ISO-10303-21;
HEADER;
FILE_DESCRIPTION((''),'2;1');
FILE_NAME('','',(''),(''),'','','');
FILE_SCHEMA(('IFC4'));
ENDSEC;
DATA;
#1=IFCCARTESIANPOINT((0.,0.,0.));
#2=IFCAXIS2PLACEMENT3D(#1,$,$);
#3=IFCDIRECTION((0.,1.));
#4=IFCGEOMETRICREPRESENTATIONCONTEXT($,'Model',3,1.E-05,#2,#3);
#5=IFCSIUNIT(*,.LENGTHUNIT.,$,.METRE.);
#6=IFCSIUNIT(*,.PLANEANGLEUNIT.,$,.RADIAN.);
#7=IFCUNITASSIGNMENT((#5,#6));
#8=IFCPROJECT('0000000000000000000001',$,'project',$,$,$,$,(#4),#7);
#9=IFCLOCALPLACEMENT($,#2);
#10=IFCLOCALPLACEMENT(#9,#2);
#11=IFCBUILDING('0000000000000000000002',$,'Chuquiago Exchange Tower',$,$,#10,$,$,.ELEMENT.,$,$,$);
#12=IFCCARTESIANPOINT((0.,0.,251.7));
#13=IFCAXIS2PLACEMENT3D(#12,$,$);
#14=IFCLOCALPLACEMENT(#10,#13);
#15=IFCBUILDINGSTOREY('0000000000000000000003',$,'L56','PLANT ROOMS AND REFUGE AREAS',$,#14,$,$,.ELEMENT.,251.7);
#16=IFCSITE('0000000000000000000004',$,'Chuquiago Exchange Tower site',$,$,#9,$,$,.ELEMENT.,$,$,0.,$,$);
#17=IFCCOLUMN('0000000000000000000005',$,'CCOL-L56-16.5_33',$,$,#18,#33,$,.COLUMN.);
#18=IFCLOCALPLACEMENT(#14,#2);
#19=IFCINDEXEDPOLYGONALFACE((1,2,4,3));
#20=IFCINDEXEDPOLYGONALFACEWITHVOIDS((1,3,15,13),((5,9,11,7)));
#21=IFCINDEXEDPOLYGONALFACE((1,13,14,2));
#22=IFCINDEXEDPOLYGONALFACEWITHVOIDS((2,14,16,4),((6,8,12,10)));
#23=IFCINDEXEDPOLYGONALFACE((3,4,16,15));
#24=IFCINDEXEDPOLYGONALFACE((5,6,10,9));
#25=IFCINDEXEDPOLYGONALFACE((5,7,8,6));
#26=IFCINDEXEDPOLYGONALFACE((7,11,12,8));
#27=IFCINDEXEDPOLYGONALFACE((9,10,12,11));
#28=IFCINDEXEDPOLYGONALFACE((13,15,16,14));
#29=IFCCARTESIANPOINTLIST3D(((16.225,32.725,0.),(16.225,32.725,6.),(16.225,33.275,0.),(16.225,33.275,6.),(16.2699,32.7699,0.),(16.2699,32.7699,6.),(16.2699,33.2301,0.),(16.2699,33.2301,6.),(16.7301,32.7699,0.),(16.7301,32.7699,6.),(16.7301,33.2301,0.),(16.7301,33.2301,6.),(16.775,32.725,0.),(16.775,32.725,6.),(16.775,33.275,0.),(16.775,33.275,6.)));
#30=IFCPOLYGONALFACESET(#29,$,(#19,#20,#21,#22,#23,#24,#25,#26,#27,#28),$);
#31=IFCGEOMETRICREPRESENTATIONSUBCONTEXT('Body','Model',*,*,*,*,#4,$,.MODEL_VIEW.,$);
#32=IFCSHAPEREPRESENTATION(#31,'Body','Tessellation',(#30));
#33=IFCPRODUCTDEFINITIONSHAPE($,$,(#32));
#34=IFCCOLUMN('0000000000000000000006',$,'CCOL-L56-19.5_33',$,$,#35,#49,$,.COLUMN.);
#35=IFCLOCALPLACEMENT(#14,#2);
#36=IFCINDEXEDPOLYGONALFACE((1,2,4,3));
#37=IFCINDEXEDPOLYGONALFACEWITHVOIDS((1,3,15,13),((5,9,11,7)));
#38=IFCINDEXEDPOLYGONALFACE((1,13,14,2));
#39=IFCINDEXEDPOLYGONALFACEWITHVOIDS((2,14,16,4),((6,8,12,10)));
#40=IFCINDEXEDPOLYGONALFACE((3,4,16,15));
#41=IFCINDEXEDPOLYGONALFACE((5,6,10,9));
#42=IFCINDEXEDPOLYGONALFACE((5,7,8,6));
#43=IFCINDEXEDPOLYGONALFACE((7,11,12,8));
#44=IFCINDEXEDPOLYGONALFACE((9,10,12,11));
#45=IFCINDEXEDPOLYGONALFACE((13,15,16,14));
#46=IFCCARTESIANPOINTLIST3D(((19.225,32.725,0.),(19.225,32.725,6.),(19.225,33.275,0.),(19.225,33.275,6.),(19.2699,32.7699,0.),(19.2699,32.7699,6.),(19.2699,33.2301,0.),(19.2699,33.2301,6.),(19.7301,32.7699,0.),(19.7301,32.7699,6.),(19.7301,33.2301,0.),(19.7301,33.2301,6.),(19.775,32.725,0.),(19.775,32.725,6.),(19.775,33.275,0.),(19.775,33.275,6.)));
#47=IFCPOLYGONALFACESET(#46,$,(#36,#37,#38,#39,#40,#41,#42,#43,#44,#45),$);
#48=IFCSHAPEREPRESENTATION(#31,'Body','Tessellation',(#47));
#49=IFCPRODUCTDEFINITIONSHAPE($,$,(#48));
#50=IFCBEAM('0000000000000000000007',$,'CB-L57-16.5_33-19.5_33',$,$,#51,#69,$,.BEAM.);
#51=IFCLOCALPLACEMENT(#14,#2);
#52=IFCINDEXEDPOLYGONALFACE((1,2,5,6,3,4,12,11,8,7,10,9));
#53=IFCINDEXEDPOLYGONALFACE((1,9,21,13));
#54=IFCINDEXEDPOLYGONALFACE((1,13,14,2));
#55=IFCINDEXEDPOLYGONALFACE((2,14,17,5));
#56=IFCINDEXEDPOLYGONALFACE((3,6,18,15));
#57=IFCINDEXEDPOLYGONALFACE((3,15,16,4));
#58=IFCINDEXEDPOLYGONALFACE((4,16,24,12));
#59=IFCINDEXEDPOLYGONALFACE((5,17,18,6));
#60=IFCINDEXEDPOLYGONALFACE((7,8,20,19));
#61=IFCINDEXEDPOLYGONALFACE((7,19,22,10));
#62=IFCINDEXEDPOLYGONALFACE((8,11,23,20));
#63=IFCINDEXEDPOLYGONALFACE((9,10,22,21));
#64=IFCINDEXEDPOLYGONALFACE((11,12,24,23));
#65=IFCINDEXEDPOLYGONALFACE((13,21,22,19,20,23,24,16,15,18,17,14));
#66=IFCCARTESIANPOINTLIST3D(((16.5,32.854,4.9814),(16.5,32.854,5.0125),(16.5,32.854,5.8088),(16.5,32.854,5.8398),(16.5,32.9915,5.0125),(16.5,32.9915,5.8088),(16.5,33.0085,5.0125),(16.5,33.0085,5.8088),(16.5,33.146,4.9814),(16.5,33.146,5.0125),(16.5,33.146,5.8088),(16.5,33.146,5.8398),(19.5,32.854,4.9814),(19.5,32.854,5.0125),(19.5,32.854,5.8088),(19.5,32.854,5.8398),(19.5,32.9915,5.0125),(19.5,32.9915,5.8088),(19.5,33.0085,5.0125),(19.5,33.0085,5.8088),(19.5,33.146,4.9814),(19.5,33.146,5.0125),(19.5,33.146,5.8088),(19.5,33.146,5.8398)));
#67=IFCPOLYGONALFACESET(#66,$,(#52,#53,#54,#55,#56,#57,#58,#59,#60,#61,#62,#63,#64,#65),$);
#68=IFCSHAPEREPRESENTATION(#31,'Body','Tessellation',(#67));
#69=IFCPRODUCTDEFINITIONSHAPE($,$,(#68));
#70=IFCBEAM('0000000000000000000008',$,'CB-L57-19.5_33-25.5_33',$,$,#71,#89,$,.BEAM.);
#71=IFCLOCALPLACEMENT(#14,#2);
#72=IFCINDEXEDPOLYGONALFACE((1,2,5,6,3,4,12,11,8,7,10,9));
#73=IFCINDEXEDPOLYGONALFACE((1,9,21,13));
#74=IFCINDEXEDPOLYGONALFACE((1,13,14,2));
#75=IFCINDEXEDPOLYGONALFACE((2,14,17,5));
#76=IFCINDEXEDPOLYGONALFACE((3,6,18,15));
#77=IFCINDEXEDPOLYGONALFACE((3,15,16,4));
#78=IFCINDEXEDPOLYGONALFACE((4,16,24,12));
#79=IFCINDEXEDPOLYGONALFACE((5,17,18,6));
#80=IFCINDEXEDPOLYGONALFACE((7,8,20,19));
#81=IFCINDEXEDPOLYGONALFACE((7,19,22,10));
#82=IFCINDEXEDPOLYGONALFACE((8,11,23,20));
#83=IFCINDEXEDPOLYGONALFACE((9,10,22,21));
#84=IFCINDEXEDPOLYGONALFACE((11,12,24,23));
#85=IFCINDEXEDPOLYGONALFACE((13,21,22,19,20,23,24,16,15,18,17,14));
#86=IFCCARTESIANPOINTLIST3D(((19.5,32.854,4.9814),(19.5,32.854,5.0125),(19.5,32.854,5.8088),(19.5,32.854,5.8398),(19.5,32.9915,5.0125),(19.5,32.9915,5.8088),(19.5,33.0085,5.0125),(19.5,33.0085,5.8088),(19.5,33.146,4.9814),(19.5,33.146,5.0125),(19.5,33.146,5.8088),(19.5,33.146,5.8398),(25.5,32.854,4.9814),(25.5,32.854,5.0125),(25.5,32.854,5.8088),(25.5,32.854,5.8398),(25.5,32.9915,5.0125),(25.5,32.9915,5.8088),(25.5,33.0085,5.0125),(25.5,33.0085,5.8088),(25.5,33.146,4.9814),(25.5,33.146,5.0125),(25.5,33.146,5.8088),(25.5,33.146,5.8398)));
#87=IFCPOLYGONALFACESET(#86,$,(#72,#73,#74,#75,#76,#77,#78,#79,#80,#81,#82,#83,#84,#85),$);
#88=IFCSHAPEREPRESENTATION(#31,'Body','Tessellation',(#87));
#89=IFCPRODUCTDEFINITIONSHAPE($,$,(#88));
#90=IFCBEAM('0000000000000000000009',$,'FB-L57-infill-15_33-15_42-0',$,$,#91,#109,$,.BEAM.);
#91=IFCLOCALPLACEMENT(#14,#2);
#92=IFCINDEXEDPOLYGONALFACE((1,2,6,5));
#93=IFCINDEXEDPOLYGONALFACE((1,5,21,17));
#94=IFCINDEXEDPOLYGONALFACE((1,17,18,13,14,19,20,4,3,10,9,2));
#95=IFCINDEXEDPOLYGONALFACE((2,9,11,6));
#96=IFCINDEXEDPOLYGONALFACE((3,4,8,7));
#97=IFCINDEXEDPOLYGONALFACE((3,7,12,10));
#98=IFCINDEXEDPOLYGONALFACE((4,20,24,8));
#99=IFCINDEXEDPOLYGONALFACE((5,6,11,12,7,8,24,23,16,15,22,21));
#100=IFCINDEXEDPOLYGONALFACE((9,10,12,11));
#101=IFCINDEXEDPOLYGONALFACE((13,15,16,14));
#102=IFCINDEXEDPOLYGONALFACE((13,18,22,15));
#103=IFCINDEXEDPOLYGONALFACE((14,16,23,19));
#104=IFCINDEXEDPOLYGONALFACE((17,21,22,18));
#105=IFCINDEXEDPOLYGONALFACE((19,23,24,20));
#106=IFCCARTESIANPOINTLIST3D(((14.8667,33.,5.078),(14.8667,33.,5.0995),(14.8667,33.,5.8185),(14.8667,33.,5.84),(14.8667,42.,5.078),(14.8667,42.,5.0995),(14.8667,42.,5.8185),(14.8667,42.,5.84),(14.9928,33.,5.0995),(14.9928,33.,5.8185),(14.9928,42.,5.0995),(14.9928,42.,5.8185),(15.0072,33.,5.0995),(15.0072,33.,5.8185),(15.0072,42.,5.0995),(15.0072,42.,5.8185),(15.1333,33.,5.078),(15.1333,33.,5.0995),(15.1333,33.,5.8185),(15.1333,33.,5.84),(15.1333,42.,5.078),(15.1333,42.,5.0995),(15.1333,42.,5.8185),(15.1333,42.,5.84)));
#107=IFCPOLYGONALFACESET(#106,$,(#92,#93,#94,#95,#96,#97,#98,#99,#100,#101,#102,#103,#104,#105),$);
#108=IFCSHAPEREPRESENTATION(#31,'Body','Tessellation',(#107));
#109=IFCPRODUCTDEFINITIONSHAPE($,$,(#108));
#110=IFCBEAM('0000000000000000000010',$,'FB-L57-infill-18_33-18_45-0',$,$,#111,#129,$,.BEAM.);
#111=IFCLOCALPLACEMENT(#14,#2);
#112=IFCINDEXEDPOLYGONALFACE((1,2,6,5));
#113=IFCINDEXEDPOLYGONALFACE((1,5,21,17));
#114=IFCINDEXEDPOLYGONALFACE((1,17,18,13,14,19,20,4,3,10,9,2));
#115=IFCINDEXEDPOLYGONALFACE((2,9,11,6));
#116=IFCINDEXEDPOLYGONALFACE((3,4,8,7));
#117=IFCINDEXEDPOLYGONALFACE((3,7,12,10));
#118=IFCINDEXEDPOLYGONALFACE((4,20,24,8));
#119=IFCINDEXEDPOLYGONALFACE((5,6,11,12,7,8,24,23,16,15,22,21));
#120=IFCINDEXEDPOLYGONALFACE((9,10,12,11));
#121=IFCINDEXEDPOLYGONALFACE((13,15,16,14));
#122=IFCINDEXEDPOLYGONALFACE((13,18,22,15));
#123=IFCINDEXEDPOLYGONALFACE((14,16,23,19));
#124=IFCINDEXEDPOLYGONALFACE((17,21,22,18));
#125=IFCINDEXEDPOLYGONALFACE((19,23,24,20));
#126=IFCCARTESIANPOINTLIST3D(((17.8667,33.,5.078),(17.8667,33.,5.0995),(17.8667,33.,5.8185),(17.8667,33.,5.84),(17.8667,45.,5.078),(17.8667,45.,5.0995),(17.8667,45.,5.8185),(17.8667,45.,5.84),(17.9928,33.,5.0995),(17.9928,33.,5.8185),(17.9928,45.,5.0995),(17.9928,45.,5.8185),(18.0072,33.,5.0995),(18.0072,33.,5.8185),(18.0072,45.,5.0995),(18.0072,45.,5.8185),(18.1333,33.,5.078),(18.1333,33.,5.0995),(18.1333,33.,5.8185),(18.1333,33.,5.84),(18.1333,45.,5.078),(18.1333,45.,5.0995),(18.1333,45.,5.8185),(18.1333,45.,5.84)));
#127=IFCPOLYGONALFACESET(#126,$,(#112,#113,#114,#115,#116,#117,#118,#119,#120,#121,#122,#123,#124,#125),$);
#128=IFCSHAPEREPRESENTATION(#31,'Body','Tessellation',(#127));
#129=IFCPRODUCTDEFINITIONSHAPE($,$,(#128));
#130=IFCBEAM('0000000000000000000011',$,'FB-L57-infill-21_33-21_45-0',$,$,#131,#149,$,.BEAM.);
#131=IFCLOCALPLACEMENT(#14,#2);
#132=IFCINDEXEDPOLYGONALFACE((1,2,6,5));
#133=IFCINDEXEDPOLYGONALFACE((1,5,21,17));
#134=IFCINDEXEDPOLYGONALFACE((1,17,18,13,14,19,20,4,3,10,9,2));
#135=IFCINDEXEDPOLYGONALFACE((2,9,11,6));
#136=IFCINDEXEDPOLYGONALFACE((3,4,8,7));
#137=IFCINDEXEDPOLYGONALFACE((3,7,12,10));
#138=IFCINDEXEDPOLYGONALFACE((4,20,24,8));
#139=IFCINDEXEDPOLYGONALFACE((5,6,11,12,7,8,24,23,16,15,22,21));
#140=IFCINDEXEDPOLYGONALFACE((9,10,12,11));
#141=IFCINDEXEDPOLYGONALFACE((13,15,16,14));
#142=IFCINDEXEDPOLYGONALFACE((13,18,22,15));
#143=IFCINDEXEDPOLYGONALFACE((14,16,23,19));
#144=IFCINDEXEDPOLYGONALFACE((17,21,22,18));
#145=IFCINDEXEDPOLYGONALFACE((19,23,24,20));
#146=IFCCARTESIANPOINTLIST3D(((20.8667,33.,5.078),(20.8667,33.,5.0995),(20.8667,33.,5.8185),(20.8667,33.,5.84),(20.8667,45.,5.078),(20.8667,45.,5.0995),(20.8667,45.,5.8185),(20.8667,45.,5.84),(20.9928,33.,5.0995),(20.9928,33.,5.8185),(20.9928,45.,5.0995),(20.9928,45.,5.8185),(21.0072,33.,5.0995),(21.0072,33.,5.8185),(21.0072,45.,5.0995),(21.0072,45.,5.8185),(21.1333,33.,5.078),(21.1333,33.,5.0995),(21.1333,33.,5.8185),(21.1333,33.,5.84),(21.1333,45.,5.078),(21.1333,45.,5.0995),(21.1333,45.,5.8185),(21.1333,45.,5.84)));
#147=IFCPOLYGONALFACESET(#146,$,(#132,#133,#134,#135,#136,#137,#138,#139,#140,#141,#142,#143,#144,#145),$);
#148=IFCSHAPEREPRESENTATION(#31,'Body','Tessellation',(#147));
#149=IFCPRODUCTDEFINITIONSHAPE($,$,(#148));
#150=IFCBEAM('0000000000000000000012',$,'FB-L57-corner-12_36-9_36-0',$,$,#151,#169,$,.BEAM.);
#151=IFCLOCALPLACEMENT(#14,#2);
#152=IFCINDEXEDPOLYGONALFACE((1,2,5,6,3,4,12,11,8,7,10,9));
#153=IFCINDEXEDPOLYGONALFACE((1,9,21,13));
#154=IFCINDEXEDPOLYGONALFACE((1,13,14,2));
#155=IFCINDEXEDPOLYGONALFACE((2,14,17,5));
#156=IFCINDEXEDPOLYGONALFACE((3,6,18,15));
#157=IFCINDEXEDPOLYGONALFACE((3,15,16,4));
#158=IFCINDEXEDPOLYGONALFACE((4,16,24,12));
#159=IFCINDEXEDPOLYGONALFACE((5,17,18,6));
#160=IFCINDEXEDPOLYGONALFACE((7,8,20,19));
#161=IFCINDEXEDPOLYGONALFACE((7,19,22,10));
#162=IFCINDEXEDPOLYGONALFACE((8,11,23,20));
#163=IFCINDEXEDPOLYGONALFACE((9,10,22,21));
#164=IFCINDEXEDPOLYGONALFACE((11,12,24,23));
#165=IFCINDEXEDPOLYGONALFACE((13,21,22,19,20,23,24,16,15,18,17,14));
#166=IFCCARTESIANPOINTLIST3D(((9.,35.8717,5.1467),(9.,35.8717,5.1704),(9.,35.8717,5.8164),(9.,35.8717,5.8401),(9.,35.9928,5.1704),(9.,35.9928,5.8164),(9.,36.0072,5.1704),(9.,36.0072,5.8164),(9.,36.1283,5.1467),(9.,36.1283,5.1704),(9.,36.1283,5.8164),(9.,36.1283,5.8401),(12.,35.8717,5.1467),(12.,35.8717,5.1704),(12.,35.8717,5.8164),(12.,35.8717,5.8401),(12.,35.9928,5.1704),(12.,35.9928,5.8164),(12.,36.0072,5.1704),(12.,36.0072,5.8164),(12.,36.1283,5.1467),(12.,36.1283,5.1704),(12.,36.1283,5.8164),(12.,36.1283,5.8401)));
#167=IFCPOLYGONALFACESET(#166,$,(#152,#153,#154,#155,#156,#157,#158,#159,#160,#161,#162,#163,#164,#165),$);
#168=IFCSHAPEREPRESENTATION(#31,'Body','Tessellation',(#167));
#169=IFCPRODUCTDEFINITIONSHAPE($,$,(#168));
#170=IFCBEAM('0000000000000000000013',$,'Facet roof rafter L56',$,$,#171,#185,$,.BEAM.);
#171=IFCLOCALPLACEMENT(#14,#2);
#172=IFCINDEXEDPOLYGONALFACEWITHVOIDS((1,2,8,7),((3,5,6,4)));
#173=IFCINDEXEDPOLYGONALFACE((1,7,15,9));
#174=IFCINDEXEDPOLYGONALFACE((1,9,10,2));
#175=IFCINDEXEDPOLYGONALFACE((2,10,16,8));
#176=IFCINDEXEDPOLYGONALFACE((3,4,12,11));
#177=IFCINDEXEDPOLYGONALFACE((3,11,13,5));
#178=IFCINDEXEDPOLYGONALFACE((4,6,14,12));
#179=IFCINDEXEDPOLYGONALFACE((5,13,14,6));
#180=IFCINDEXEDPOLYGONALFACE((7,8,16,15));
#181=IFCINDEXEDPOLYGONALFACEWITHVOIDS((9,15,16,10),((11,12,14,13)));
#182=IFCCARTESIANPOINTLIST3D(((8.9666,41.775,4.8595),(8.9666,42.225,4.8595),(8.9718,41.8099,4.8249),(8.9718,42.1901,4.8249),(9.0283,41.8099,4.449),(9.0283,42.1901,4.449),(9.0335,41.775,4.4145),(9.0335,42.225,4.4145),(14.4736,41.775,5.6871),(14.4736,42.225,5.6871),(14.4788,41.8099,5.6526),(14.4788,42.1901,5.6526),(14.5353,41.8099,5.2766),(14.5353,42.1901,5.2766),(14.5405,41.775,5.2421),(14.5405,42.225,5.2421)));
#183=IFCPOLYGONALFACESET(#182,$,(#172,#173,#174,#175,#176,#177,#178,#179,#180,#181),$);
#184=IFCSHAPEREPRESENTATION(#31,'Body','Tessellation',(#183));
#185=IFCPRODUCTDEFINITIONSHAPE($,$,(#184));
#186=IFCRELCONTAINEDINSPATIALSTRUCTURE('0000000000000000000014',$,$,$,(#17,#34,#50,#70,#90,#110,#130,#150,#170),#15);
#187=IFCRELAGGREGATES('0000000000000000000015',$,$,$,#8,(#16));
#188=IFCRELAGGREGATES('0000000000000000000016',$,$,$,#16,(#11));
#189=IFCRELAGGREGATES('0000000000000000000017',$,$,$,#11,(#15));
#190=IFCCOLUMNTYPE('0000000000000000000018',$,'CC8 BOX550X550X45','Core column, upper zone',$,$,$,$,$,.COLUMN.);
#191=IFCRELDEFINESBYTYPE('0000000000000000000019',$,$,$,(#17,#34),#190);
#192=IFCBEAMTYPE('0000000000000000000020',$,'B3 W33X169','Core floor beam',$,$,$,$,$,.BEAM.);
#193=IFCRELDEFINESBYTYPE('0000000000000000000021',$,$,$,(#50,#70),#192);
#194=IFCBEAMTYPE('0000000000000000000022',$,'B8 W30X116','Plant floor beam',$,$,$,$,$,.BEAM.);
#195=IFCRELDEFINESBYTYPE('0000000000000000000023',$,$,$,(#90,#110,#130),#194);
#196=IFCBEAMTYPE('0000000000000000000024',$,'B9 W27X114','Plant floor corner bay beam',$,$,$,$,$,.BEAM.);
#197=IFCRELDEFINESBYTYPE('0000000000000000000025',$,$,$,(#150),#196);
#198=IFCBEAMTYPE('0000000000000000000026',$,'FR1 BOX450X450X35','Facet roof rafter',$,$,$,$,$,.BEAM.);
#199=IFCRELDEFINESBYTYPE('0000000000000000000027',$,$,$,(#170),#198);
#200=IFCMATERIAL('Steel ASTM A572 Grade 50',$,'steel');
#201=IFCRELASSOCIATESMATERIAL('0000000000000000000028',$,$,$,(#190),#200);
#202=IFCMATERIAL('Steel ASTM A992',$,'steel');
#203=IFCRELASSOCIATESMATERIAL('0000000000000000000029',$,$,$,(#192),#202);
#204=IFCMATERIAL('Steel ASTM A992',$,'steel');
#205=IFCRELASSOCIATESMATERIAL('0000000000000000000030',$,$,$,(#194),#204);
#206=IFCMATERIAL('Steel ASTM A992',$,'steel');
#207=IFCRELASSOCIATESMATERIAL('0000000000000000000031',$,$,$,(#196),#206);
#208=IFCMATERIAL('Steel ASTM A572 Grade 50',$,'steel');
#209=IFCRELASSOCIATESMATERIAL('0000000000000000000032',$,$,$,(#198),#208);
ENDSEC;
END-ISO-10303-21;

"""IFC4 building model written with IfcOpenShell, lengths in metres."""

from ifc_helpers import new_model, si_unit, direction, frame, origin, origin_2d, place, context, subcontext, project, spatial, hollow_rectangle, i_section, extrude, material, material_profile, profile_set, type_object, element, save


model = new_model("IFC4")

# Units and contexts
model_context = context("Model", 3, precision=1e-05, world=origin(), true_north=direction((0.0, 1.0)))
body_context = subcontext(model_context, "Body", "Model", "MODEL_VIEW")
ifc_project = project(units=[si_unit("LENGTHUNIT", "METRE"), si_unit("PLANEANGLEUNIT", "RADIAN")], contexts=[model_context])

# Site, building, storey
site_placement = place(None, origin())
site = spatial("IfcSite", under=ifc_project, at=site_placement, Name="Chuquiago Exchange Tower site", CompositionType="ELEMENT", RefElevation=0.0)
building_placement = place(site_placement, origin())
building = spatial("IfcBuilding", under=site, at=building_placement, Name="Chuquiago Exchange Tower", CompositionType="ELEMENT")
storey_placement = place(building_placement, frame((0.0, 0.0, 251.7)))
storey = spatial("IfcBuildingStorey", under=building, at=storey_placement, Name="L56", Description="PLANT ROOMS AND REFUGE AREAS", CompositionType="ELEMENT", Elevation=251.7)

# Columns
ifc_material_1 = material(Name="Steel ASTM A572 Grade 50", Category="steel")
ifc_material_profile_1 = material_profile(ifc_material_1, hollow_rectangle(XDim=0.55, YDim=0.55, WallThickness=0.0449, at=origin_2d()), Name="BOX550X550X45")
ifc_profile_set_1 = profile_set([ifc_material_profile_1], Name="Steel ASTM A572 Grade 50")
column_type = type_object("IfcColumnType", Name="CC8 BOX550X550X45", Description="Core column, upper zone", PredefinedType="COLUMN", material=ifc_profile_set_1)
for number, where, z_axis, x_axis, name in (
    (1, (16.5, 33.0, 0.0), (0.0, 0.0, 1.0), (1.0, 0.0, 0.0), "CCOL-L56-16.5_33"),
    (2, (19.5, 33.0, 0.0), (0.0, 0.0, 1.0), (1.0, 0.0, 0.0), "CCOL-L56-19.5_33"),
):
    element("IfcColumn", number, at=place(storey_placement, frame(where, z_axis=z_axis, x_axis=x_axis)), inside=storey, type_object=column_type, Name=name, PredefinedType="COLUMN", context=body_context, shape_type="SweptSolid", body=[
        extrude(hollow_rectangle(XDim=0.55, YDim=0.55, WallThickness=0.0449, at=origin_2d()), origin(), (0.0, 0.0, 1.0), 6.0),
    ])

# Beams
ifc_material_2 = material(Name="Steel ASTM A992", Category="steel")
ifc_material_profile_2 = material_profile(ifc_material_2, i_section(OverallWidth=0.292, OverallDepth=0.8584, WebThickness=0.0171, FlangeThickness=0.031, at=origin_2d()), Name="W33X169")
ifc_profile_set_2 = profile_set([ifc_material_profile_2], Name="Steel ASTM A992")
beam_type_1 = type_object("IfcBeamType", Name="B3 W33X169", Description="Core floor beam", PredefinedType="BEAM", material=ifc_profile_set_2)
beam_1_placement = place(storey_placement, frame((16.5, 33.0, 5.4106), z_axis=(1.0, 0.0, 0.0), x_axis=(0.0, 1.0, 0.0)))
element("IfcBeam", 3, at=beam_1_placement, inside=storey, type_object=beam_type_1, Name="CB-L57-16.5_33-19.5_33", PredefinedType="BEAM", context=body_context, shape_type="SweptSolid", body=[
    extrude(i_section(OverallWidth=0.292, OverallDepth=0.8584, WebThickness=0.0171, FlangeThickness=0.031, at=origin_2d()), origin(), (0.0, 0.0, 1.0), 3.0),
])
beam_2_placement = place(storey_placement, frame((19.5, 33.0, 5.4106), z_axis=(1.0, 0.0, 0.0), x_axis=(0.0, 1.0, 0.0)))
element("IfcBeam", 4, at=beam_2_placement, inside=storey, type_object=beam_type_1, Name="CB-L57-19.5_33-25.5_33", PredefinedType="BEAM", context=body_context, shape_type="SweptSolid", body=[
    extrude(i_section(OverallWidth=0.292, OverallDepth=0.8584, WebThickness=0.0171, FlangeThickness=0.031, at=origin_2d()), origin(), (0.0, 0.0, 1.0), 6.0),
])
ifc_material_3 = material(Name="Steel ASTM A992", Category="steel")
ifc_material_profile_3 = material_profile(ifc_material_3, i_section(OverallWidth=0.2666, OverallDepth=0.762, WebThickness=0.0144, FlangeThickness=0.0215, at=origin_2d()), Name="W30X116")
ifc_profile_set_3 = profile_set([ifc_material_profile_3], Name="Steel ASTM A992")
beam_type_2 = type_object("IfcBeamType", Name="B8 W30X116", Description="Plant floor beam", PredefinedType="BEAM", material=ifc_profile_set_3)
beam_3_placement = place(storey_placement, frame((15.0, 33.0, 5.459), z_axis=(0.0, 1.0, 0.0), x_axis=(-1.0, 0.0, 0.0)))
element("IfcBeam", 5, at=beam_3_placement, inside=storey, type_object=beam_type_2, Name="FB-L57-infill-15_33-15_42-0", PredefinedType="BEAM", context=body_context, shape_type="SweptSolid", body=[
    extrude(i_section(OverallWidth=0.2666, OverallDepth=0.762, WebThickness=0.0144, FlangeThickness=0.0215, at=origin_2d()), origin(), (0.0, 0.0, 1.0), 9.0),
])
for number, where, z_axis, x_axis, name in (
    (6, (18.0, 33.0, 5.459), (0.0, 1.0, 0.0), (-1.0, 0.0, 0.0), "FB-L57-infill-18_33-18_45-0"),
    (7, (21.0, 33.0, 5.459), (0.0, 1.0, 0.0), (-1.0, 0.0, 0.0), "FB-L57-infill-21_33-21_45-0"),
):
    element("IfcBeam", number, at=place(storey_placement, frame(where, z_axis=z_axis, x_axis=x_axis)), inside=storey, type_object=beam_type_2, Name=name, PredefinedType="BEAM", context=body_context, shape_type="SweptSolid", body=[
        extrude(i_section(OverallWidth=0.2666, OverallDepth=0.762, WebThickness=0.0144, FlangeThickness=0.0215, at=origin_2d()), origin(), (0.0, 0.0, 1.0), 12.0),
    ])
ifc_material_4 = material(Name="Steel ASTM A992", Category="steel")
ifc_material_profile_4 = material_profile(ifc_material_4, i_section(OverallWidth=0.2566, OverallDepth=0.6934, WebThickness=0.0144, FlangeThickness=0.0237, at=origin_2d()), Name="W27X114")
ifc_profile_set_4 = profile_set([ifc_material_profile_4], Name="Steel ASTM A992")
beam_type_3 = type_object("IfcBeamType", Name="B9 W27X114", Description="Plant floor corner bay beam", PredefinedType="BEAM", material=ifc_profile_set_4)
beam_4_placement = place(storey_placement, frame((12.0, 36.0, 5.4934), z_axis=(-1.0, 0.0, 0.0), x_axis=(0.0, -1.0, 0.0)))
element("IfcBeam", 8, at=beam_4_placement, inside=storey, type_object=beam_type_3, Name="FB-L57-corner-12_36-9_36-0", PredefinedType="BEAM", context=body_context, shape_type="SweptSolid", body=[
    extrude(i_section(OverallWidth=0.2566, OverallDepth=0.6934, WebThickness=0.0144, FlangeThickness=0.0237, at=origin_2d()), origin(), (0.0, 0.0, 1.0), 3.0),
])
ifc_material_5 = material(Name="Steel ASTM A572 Grade 50", Category="steel")
ifc_material_profile_5 = material_profile(ifc_material_5, hollow_rectangle(XDim=0.45, YDim=0.45, WallThickness=0.0349, at=origin_2d()), Name="BOX450X450X35")
ifc_profile_set_5 = profile_set([ifc_material_profile_5], Name="Steel ASTM A572 Grade 50")
beam_type_4 = type_object("IfcBeamType", Name="FR1 BOX450X450X35", Description="Facet roof rafter", PredefinedType="BEAM", material=ifc_profile_set_5)
beam_5_placement = place(storey_placement, frame((14.5071, 42.0, 5.4646), z_axis=(-0.988895, 0.0, -0.148617), x_axis=(0.0, -1.0, 0.0)))
element("IfcBeam", 9, at=beam_5_placement, inside=storey, type_object=beam_type_4, Name="Facet roof rafter L56", PredefinedType="BEAM", context=body_context, shape_type="SweptSolid", body=[
    extrude(hollow_rectangle(XDim=0.45, YDim=0.45, WallThickness=0.0349, at=origin_2d()), origin(), (0.0, 0.0, 1.0), 5.5688),
])

save(model, "model.ifc")
